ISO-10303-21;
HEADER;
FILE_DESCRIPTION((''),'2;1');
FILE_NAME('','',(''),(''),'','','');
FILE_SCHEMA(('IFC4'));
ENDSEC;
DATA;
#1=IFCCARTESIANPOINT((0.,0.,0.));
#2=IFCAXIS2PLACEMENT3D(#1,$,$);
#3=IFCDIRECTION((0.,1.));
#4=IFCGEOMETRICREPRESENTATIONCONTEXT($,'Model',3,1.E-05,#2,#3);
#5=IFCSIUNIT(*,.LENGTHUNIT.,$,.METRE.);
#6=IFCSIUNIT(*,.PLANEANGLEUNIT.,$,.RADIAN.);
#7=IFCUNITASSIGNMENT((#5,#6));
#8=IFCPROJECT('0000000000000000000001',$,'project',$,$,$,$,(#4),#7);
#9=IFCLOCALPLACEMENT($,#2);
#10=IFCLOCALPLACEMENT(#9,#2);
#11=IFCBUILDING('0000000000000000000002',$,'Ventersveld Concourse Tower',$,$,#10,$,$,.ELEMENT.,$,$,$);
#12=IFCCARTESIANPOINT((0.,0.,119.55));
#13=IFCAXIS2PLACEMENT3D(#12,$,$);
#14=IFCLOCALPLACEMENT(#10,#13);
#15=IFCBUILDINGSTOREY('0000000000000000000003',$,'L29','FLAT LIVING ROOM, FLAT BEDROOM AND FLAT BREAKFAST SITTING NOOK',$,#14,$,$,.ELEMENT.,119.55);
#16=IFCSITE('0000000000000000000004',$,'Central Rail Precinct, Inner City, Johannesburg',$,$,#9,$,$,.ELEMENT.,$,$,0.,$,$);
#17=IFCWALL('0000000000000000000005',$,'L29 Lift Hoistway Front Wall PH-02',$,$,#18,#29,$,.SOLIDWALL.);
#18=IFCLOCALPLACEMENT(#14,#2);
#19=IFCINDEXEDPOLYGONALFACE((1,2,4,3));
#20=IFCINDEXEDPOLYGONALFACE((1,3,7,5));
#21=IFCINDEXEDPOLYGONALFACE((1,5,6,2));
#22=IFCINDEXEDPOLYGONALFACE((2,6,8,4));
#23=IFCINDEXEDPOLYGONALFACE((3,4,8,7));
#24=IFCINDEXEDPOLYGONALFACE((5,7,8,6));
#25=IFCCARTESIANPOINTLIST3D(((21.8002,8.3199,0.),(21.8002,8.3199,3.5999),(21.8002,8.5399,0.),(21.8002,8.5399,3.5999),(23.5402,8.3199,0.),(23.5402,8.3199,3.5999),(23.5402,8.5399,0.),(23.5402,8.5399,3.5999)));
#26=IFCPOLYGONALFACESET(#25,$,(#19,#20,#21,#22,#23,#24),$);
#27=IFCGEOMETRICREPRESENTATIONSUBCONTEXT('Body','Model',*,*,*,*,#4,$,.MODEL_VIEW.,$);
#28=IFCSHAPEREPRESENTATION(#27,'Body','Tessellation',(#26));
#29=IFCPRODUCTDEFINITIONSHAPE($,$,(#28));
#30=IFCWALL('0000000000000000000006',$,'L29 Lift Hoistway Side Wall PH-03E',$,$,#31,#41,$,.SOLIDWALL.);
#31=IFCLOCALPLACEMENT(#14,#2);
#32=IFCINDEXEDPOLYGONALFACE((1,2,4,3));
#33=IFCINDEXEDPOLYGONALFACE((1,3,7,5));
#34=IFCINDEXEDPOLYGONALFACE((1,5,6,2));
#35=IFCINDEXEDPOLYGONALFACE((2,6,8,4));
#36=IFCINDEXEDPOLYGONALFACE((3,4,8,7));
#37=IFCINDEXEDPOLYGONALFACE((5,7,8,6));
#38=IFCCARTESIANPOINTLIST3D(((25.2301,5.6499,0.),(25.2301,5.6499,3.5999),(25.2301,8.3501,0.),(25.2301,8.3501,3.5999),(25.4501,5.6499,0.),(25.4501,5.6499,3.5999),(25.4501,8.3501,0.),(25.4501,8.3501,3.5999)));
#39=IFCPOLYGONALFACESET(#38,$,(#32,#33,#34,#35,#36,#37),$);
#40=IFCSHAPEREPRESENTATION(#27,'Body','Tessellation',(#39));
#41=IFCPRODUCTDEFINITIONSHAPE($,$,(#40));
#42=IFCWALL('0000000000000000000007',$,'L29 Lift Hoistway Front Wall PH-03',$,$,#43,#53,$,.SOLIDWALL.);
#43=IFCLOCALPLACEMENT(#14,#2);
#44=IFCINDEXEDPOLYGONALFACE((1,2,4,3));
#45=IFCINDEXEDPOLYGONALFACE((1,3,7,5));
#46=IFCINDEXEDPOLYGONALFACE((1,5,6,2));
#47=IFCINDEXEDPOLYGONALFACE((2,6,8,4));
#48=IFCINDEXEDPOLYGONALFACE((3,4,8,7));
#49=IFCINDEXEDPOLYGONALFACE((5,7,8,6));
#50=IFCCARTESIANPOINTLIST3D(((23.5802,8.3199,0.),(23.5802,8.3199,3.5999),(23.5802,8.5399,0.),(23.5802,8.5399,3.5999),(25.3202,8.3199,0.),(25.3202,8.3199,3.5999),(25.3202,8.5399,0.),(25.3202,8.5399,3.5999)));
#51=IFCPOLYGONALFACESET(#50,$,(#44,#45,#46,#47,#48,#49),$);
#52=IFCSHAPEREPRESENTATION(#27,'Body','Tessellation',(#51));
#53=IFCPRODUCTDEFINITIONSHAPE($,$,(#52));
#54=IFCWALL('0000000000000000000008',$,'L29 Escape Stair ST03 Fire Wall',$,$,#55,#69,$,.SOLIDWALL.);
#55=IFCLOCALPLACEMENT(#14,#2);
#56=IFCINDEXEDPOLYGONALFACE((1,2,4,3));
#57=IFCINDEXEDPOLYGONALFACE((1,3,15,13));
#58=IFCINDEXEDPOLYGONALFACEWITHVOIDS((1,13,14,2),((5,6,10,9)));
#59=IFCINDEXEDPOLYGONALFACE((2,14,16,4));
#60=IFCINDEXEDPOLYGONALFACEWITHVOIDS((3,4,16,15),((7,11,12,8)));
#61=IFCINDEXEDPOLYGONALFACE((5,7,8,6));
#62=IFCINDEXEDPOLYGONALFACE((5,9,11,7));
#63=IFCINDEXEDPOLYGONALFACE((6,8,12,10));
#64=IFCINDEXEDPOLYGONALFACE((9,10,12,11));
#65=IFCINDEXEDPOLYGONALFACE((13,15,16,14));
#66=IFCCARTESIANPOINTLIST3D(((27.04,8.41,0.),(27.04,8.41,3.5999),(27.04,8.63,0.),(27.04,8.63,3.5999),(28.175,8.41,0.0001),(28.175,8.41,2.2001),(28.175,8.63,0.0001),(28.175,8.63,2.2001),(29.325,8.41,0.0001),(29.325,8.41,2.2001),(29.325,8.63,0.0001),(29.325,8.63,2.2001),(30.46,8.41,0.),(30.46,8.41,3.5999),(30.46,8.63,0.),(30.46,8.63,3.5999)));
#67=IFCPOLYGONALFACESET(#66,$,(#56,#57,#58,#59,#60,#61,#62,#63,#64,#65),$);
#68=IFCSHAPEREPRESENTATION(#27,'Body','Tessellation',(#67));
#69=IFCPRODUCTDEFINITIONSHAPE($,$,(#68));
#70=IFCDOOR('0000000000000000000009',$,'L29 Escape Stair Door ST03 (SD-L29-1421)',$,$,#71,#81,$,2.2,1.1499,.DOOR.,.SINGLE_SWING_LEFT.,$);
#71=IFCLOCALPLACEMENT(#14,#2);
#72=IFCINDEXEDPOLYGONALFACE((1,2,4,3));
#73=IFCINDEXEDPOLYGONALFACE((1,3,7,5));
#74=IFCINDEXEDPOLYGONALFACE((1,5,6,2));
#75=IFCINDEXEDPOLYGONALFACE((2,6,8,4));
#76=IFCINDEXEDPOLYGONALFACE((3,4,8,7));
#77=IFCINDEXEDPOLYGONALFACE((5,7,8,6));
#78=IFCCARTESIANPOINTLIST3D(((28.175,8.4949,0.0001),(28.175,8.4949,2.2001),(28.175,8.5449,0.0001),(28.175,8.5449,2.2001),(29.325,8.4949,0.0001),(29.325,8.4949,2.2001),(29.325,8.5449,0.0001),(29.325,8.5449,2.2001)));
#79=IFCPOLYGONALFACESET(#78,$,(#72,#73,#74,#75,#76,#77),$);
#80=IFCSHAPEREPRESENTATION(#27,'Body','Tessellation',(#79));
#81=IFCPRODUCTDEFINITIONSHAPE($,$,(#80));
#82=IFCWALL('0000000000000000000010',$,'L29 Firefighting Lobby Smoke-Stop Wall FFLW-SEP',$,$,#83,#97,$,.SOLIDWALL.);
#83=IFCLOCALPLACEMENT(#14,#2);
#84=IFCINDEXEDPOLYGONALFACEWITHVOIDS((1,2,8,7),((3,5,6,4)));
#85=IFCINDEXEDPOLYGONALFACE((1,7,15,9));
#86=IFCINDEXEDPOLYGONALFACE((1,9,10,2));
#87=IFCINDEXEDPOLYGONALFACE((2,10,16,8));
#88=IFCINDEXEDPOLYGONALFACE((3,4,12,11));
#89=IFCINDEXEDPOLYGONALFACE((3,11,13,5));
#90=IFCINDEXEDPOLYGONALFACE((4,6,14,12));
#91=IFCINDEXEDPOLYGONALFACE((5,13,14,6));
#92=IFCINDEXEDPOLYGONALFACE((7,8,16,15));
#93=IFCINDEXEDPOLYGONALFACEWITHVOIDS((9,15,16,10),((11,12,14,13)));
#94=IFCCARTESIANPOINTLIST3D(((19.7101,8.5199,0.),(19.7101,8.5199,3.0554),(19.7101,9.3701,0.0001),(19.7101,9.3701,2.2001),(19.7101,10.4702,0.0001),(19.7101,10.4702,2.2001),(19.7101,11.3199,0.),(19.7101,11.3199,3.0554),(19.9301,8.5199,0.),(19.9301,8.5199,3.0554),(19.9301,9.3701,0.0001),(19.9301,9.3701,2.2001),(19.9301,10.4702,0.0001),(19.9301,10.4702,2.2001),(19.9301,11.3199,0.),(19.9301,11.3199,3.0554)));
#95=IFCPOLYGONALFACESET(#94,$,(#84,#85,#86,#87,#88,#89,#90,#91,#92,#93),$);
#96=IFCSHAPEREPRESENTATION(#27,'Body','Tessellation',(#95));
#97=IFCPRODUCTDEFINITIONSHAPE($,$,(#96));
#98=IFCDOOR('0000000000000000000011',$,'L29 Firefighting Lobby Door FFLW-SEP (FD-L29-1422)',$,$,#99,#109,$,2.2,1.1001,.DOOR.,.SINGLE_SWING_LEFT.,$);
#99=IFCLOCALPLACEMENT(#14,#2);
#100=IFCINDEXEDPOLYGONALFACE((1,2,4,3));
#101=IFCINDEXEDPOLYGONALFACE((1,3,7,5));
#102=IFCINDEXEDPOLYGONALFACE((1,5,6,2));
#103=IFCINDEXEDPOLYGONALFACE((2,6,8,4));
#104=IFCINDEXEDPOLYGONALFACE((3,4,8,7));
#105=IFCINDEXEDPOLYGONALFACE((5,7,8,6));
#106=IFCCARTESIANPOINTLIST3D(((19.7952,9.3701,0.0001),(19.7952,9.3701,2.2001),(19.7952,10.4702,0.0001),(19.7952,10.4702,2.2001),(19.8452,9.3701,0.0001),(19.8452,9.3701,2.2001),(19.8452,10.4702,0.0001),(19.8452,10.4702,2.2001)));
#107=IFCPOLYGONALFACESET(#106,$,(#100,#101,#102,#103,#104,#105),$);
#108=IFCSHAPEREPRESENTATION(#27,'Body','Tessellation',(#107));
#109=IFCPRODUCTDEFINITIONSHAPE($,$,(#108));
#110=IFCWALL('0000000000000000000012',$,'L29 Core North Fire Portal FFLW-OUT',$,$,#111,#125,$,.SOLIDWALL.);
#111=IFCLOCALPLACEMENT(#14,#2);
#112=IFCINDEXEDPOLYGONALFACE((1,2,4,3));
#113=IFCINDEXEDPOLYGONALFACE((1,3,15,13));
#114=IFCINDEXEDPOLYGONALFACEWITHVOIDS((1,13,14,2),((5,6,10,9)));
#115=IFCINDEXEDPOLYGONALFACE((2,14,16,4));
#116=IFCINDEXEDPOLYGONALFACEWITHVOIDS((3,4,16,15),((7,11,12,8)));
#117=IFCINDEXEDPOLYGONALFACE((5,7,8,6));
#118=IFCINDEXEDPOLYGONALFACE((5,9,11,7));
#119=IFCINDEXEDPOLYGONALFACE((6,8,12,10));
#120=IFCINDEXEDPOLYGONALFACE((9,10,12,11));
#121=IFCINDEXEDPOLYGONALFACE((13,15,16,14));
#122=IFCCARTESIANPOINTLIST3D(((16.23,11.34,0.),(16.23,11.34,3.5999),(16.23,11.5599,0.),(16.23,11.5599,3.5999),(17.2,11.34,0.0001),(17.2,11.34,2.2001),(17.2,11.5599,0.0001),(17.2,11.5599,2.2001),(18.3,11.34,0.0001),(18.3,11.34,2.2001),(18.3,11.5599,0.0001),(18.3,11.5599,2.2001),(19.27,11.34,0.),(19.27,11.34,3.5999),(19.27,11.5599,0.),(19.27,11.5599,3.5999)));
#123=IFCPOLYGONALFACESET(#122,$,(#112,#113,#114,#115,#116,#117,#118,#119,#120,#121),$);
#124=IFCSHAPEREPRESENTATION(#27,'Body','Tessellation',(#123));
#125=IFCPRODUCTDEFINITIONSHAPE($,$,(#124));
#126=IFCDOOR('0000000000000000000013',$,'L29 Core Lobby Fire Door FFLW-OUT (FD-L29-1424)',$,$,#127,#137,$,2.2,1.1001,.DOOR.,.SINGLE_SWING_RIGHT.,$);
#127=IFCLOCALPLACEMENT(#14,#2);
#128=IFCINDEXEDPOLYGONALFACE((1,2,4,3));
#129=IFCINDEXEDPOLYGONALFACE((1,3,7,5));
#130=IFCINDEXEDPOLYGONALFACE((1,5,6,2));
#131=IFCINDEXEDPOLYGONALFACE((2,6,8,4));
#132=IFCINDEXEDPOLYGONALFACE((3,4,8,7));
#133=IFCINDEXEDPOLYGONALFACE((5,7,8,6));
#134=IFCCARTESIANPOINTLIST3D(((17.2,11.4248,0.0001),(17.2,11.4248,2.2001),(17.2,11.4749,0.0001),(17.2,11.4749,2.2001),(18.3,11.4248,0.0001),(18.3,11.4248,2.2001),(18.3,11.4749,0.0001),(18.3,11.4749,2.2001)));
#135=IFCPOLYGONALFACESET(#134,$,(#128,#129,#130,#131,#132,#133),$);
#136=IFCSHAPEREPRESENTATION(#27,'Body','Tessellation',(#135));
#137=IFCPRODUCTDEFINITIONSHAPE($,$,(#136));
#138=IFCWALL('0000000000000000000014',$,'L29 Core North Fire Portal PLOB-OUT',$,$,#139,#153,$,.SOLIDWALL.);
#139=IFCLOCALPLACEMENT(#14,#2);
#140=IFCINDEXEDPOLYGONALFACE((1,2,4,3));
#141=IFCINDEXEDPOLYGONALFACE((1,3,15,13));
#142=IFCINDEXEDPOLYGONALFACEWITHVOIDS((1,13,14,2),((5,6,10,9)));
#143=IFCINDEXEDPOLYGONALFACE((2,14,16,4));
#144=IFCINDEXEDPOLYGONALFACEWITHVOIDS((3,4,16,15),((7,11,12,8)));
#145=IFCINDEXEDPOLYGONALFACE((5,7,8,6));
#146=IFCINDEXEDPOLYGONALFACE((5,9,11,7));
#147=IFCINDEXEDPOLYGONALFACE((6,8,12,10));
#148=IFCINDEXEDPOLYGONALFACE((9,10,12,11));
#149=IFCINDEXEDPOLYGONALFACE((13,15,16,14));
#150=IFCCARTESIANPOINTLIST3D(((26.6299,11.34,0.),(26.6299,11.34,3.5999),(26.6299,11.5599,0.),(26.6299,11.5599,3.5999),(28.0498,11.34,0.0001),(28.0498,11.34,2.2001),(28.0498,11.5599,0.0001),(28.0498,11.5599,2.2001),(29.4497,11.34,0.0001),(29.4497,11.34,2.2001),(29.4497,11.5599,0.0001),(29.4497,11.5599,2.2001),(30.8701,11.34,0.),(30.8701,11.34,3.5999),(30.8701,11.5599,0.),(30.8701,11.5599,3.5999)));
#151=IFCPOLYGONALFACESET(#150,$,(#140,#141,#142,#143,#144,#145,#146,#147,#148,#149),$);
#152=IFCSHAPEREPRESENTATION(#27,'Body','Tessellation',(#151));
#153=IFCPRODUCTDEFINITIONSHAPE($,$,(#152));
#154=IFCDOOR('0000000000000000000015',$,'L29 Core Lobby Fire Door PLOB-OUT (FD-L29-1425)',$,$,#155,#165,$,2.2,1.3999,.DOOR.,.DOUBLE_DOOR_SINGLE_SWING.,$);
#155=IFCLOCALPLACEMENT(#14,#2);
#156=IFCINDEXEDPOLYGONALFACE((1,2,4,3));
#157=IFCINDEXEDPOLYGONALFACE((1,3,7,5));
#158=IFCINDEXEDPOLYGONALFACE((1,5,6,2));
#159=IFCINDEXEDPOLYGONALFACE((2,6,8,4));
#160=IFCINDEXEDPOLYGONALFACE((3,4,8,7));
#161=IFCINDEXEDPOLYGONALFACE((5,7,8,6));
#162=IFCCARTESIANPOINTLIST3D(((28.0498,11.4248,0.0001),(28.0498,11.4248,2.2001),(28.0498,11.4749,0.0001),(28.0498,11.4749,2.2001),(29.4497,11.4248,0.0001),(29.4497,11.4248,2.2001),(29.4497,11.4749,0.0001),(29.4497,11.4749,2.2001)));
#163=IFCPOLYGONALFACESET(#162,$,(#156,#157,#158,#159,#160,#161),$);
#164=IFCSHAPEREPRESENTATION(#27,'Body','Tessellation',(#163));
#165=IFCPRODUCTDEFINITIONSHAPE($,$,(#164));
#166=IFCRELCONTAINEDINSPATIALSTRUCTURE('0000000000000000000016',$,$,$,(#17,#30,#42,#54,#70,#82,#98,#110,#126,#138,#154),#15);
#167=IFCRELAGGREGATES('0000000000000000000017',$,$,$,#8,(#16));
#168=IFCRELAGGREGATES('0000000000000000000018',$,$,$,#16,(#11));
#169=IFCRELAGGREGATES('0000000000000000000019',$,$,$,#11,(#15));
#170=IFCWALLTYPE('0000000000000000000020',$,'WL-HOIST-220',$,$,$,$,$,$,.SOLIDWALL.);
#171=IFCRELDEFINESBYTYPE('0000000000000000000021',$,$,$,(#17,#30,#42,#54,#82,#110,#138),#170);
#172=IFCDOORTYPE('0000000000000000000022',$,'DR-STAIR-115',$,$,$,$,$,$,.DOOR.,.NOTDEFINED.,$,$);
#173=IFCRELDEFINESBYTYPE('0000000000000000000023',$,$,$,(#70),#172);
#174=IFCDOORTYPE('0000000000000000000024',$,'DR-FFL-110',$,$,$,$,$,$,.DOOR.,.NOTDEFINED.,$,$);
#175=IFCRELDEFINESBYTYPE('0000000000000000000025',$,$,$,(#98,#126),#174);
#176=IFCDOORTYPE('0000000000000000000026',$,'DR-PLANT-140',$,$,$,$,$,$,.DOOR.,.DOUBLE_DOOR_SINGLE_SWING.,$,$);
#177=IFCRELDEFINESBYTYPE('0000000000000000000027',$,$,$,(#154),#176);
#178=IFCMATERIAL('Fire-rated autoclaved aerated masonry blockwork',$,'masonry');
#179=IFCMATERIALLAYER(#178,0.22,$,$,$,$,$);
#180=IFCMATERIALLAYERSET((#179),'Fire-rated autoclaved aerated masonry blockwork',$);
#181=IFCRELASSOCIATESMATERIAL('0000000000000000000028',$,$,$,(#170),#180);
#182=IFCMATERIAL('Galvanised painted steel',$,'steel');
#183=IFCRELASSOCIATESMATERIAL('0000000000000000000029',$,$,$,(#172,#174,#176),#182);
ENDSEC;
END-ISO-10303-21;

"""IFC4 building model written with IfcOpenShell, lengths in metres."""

from ifc_helpers import new_model, si_unit, direction, frame, frame_2d, origin, place, context, subcontext, project, spatial, rectangle, extrude, material, layer, layer_set, type_object, element, fill, save


model = new_model("IFC4")

# Units and contexts
model_context = context("Model", 3, precision=1e-05, world=origin(), true_north=direction((0.0, 1.0)))
body_context = subcontext(model_context, "Body", "Model", "MODEL_VIEW")
ifc_project = project(units=[si_unit("LENGTHUNIT", "METRE"), si_unit("PLANEANGLEUNIT", "RADIAN")], contexts=[model_context])

# Site, building, storey
site_placement = place(None, origin())
site = spatial("IfcSite", under=ifc_project, at=site_placement, Name="Central Rail Precinct, Inner City, Johannesburg", CompositionType="ELEMENT", RefElevation=0.0)
building_placement = place(site_placement, origin())
building = spatial("IfcBuilding", under=site, at=building_placement, Name="Ventersveld Concourse Tower", CompositionType="ELEMENT")
storey_placement = place(building_placement, frame((0.0, 0.0, 119.55)))
storey = spatial("IfcBuildingStorey", under=building, at=storey_placement, Name="L29", Description="FLAT LIVING ROOM, FLAT BEDROOM AND FLAT BREAKFAST SITTING NOOK", CompositionType="ELEMENT", Elevation=119.55)

# Shared definitions
ifc_material_1 = material(Name="Fire-rated autoclaved aerated masonry blockwork", Category="masonry")

# Shared definitions
ifc_layer_1 = layer(ifc_material_1, 0.22)
ifc_layer_set_1 = layer_set([ifc_layer_1], Name="Fire-rated autoclaved aerated masonry blockwork")
wall_type_1 = type_object("IfcWallType", Name="WL-HOIST-220", PredefinedType="SOLIDWALL", material=ifc_layer_set_1)

# Walls
wall_1_placement = place(storey_placement, frame((21.8, 8.4299, 0.0), z_axis=(0.0, 0.0, 1.0), x_axis=(1.0, 0.0, 0.0)))
element("IfcWall", 1, at=wall_1_placement, inside=storey, type_object=wall_type_1, Name="L29 Lift Hoistway Front Wall PH-02", PredefinedType="SOLIDWALL", context=body_context, shape_type="SweptSolid", body=[
    extrude(rectangle(XDim=1.74, YDim=0.22, at=frame_2d((0.8701, 0.0))), origin(), (0.0, 0.0, 1.0), 3.5999),
])
wall_2_placement = place(storey_placement, frame((25.3401, 5.6499, 0.0), z_axis=(0.0, 0.0, 1.0), x_axis=(0.0, 1.0, 0.0)))
element("IfcWall", 2, at=wall_2_placement, inside=storey, type_object=wall_type_1, Name="L29 Lift Hoistway Side Wall PH-03E", PredefinedType="SOLIDWALL", context=body_context, shape_type="SweptSolid", body=[
    extrude(rectangle(XDim=2.7002, YDim=0.22, at=frame_2d((1.3501, 0.0))), origin(), (0.0, 0.0, 1.0), 3.5999),
])
wall_3_placement = place(storey_placement, frame((23.5801, 8.4299, 0.0), z_axis=(0.0, 0.0, 1.0), x_axis=(1.0, 0.0, 0.0)))
element("IfcWall", 3, at=wall_3_placement, inside=storey, type_object=wall_type_1, Name="L29 Lift Hoistway Front Wall PH-03", PredefinedType="SOLIDWALL", context=body_context, shape_type="SweptSolid", body=[
    extrude(rectangle(XDim=1.74, YDim=0.22, at=frame_2d((0.8701, 0.0))), origin(), (0.0, 0.0, 1.0), 3.5999),
])

# Walls, openings, doors
wall_4_placement = place(storey_placement, frame((27.04, 8.52, 0.0), z_axis=(0.0, 0.0, 1.0), x_axis=(1.0, 0.0, 0.0)))
wall_4 = element("IfcWall", 4, at=wall_4_placement, inside=storey, type_object=wall_type_1, Name="L29 Escape Stair ST03 Fire Wall", PredefinedType="SOLIDWALL", context=body_context, shape_type="SweptSolid", body=[
    extrude(rectangle(XDim=3.4199, YDim=0.22, at=frame_2d((1.71, 0.0))), origin(), (0.0, 0.0, 1.0), 3.5999),
])
opening_1_placement = place(wall_4_placement, frame((1.135, 0.0, 0.0)))
opening_1 = element("IfcOpeningElement", 5, at=opening_1_placement, cuts=wall_4, PredefinedType="OPENING", context=body_context, shape_type="SweptSolid", body=[
    extrude(rectangle(XDim=1.1499, YDim=2.2, at=frame_2d((0.575, 1.1001))), frame((0.0, 0.1201, 0.0), z_axis=(0.0, -1.0, 0.0), x_axis=(1.0, 0.0, 0.0)), (0.0, 0.0, 1.0), 0.24),
])
ifc_material_2 = material(Name="Galvanised painted steel", Category="steel")
door_type_1 = type_object("IfcDoorType", Name="DR-STAIR-115", OperationType="NOTDEFINED", PredefinedType="DOOR", material=ifc_material_2)
door_1_placement = place(opening_1_placement, origin())
door_1 = element("IfcDoor", 6, at=door_1_placement, inside=storey, type_object=door_type_1, Name="L29 Escape Stair Door ST03 (SD-L29-1421)", OperationType="SINGLE_SWING_LEFT", OverallHeight=2.2, OverallWidth=1.1499, PredefinedType="DOOR", context=body_context, shape_type="SweptSolid", body=[
    extrude(rectangle(XDim=1.1499, YDim=2.2, at=frame_2d((0.575, 1.1001))), frame((0.0, 0.0249, 0.0), z_axis=(0.0, -1.0, 0.0), x_axis=(1.0, 0.0, 0.0)), (0.0, 0.0, 1.0), 0.05),
])
fill(opening_1, door_1)
wall_5_placement = place(storey_placement, frame((19.8201, 8.52, 0.0), z_axis=(0.0, 0.0, 1.0), x_axis=(0.0, 1.0, 0.0)))
wall_5 = element("IfcWall", 7, at=wall_5_placement, inside=storey, type_object=wall_type_1, Name="L29 Firefighting Lobby Smoke-Stop Wall FFLW-SEP", PredefinedType="SOLIDWALL", context=body_context, shape_type="SweptSolid", body=[
    extrude(rectangle(XDim=2.8, YDim=0.22, at=frame_2d((1.3999, 0.0))), origin(), (0.0, 0.0, 1.0), 3.0554),
])
opening_2_placement = place(wall_5_placement, frame((0.8501, 0.0, 0.0)))
opening_2 = element("IfcOpeningElement", 8, at=opening_2_placement, cuts=wall_5, PredefinedType="OPENING", context=body_context, shape_type="SweptSolid", body=[
    extrude(rectangle(XDim=1.1001, YDim=2.2, at=frame_2d((0.55, 1.1001))), frame((0.0, 0.1201, 0.0), z_axis=(0.0, -1.0, 0.0), x_axis=(1.0, 0.0, 0.0)), (0.0, 0.0, 1.0), 0.24),
])
door_type_2 = type_object("IfcDoorType", Name="DR-FFL-110", OperationType="NOTDEFINED", PredefinedType="DOOR", material=ifc_material_2)
door_2_placement = place(opening_2_placement, origin())
door_2 = element("IfcDoor", 9, at=door_2_placement, inside=storey, type_object=door_type_2, Name="L29 Firefighting Lobby Door FFLW-SEP (FD-L29-1422)", OperationType="SINGLE_SWING_LEFT", OverallHeight=2.2, OverallWidth=1.1001, PredefinedType="DOOR", context=body_context, shape_type="SweptSolid", body=[
    extrude(rectangle(XDim=1.1001, YDim=2.2, at=frame_2d((0.55, 1.1001))), frame((0.0, 0.0249, 0.0), z_axis=(0.0, -1.0, 0.0), x_axis=(1.0, 0.0, 0.0)), (0.0, 0.0, 1.0), 0.05),
])
fill(opening_2, door_2)
wall_6_placement = place(storey_placement, frame((16.23, 11.45, 0.0), z_axis=(0.0, 0.0, 1.0), x_axis=(1.0, 0.0, 0.0)))
wall_6 = element("IfcWall", 10, at=wall_6_placement, inside=storey, type_object=wall_type_1, Name="L29 Core North Fire Portal FFLW-OUT", PredefinedType="SOLIDWALL", context=body_context, shape_type="SweptSolid", body=[
    extrude(rectangle(XDim=3.04, YDim=0.22, at=frame_2d((1.52, 0.0))), origin(), (0.0, 0.0, 1.0), 3.5999),
])
opening_3_placement = place(wall_6_placement, frame((0.97, 0.0, 0.0)))
opening_3 = element("IfcOpeningElement", 11, at=opening_3_placement, cuts=wall_6, PredefinedType="OPENING", context=body_context, shape_type="SweptSolid", body=[
    extrude(rectangle(XDim=1.1001, YDim=2.2, at=frame_2d((0.55, 1.1001))), frame((0.0, 0.1201, 0.0), z_axis=(0.0, -1.0, 0.0), x_axis=(1.0, 0.0, 0.0)), (0.0, 0.0, 1.0), 0.24),
])
door_3_placement = place(opening_3_placement, origin())
door_3 = element("IfcDoor", 12, at=door_3_placement, inside=storey, type_object=door_type_2, Name="L29 Core Lobby Fire Door FFLW-OUT (FD-L29-1424)", OperationType="SINGLE_SWING_RIGHT", OverallHeight=2.2, OverallWidth=1.1001, PredefinedType="DOOR", context=body_context, shape_type="SweptSolid", body=[
    extrude(rectangle(XDim=1.1001, YDim=2.2, at=frame_2d((0.55, 1.1001))), frame((0.0, 0.0249, 0.0), z_axis=(0.0, -1.0, 0.0), x_axis=(1.0, 0.0, 0.0)), (0.0, 0.0, 1.0), 0.05),
])
fill(opening_3, door_3)
wall_7_placement = place(storey_placement, frame((26.6299, 11.45, 0.0), z_axis=(0.0, 0.0, 1.0), x_axis=(1.0, 0.0, 0.0)))
wall_7 = element("IfcWall", 13, at=wall_7_placement, inside=storey, type_object=wall_type_1, Name="L29 Core North Fire Portal PLOB-OUT", PredefinedType="SOLIDWALL", context=body_context, shape_type="SweptSolid", body=[
    extrude(rectangle(XDim=4.2402, YDim=0.22, at=frame_2d((2.1201, 0.0))), origin(), (0.0, 0.0, 1.0), 3.5999),
])
opening_4_placement = place(wall_7_placement, frame((1.4199, 0.0, 0.0)))
opening_4 = element("IfcOpeningElement", 14, at=opening_4_placement, cuts=wall_7, PredefinedType="OPENING", context=body_context, shape_type="SweptSolid", body=[
    extrude(rectangle(XDim=1.3999, YDim=2.2, at=frame_2d((0.7, 1.1001))), frame((0.0, 0.1201, 0.0), z_axis=(0.0, -1.0, 0.0), x_axis=(1.0, 0.0, 0.0)), (0.0, 0.0, 1.0), 0.24),
])
door_type_3 = type_object("IfcDoorType", Name="DR-PLANT-140", OperationType="DOUBLE_DOOR_SINGLE_SWING", PredefinedType="DOOR", material=ifc_material_2)
door_4_placement = place(opening_4_placement, origin())
door_4 = element("IfcDoor", 15, at=door_4_placement, inside=storey, type_object=door_type_3, Name="L29 Core Lobby Fire Door PLOB-OUT (FD-L29-1425)", OperationType="DOUBLE_DOOR_SINGLE_SWING", OverallHeight=2.2, OverallWidth=1.3999, PredefinedType="DOOR", context=body_context, shape_type="SweptSolid", body=[
    extrude(rectangle(XDim=1.3999, YDim=2.2, at=frame_2d((0.7, 1.1001))), frame((0.0, 0.0249, 0.0), z_axis=(0.0, -1.0, 0.0), x_axis=(1.0, 0.0, 0.0)), (0.0, 0.0, 1.0), 0.05),
])
fill(opening_4, door_4)

save(model, "model.ifc")
